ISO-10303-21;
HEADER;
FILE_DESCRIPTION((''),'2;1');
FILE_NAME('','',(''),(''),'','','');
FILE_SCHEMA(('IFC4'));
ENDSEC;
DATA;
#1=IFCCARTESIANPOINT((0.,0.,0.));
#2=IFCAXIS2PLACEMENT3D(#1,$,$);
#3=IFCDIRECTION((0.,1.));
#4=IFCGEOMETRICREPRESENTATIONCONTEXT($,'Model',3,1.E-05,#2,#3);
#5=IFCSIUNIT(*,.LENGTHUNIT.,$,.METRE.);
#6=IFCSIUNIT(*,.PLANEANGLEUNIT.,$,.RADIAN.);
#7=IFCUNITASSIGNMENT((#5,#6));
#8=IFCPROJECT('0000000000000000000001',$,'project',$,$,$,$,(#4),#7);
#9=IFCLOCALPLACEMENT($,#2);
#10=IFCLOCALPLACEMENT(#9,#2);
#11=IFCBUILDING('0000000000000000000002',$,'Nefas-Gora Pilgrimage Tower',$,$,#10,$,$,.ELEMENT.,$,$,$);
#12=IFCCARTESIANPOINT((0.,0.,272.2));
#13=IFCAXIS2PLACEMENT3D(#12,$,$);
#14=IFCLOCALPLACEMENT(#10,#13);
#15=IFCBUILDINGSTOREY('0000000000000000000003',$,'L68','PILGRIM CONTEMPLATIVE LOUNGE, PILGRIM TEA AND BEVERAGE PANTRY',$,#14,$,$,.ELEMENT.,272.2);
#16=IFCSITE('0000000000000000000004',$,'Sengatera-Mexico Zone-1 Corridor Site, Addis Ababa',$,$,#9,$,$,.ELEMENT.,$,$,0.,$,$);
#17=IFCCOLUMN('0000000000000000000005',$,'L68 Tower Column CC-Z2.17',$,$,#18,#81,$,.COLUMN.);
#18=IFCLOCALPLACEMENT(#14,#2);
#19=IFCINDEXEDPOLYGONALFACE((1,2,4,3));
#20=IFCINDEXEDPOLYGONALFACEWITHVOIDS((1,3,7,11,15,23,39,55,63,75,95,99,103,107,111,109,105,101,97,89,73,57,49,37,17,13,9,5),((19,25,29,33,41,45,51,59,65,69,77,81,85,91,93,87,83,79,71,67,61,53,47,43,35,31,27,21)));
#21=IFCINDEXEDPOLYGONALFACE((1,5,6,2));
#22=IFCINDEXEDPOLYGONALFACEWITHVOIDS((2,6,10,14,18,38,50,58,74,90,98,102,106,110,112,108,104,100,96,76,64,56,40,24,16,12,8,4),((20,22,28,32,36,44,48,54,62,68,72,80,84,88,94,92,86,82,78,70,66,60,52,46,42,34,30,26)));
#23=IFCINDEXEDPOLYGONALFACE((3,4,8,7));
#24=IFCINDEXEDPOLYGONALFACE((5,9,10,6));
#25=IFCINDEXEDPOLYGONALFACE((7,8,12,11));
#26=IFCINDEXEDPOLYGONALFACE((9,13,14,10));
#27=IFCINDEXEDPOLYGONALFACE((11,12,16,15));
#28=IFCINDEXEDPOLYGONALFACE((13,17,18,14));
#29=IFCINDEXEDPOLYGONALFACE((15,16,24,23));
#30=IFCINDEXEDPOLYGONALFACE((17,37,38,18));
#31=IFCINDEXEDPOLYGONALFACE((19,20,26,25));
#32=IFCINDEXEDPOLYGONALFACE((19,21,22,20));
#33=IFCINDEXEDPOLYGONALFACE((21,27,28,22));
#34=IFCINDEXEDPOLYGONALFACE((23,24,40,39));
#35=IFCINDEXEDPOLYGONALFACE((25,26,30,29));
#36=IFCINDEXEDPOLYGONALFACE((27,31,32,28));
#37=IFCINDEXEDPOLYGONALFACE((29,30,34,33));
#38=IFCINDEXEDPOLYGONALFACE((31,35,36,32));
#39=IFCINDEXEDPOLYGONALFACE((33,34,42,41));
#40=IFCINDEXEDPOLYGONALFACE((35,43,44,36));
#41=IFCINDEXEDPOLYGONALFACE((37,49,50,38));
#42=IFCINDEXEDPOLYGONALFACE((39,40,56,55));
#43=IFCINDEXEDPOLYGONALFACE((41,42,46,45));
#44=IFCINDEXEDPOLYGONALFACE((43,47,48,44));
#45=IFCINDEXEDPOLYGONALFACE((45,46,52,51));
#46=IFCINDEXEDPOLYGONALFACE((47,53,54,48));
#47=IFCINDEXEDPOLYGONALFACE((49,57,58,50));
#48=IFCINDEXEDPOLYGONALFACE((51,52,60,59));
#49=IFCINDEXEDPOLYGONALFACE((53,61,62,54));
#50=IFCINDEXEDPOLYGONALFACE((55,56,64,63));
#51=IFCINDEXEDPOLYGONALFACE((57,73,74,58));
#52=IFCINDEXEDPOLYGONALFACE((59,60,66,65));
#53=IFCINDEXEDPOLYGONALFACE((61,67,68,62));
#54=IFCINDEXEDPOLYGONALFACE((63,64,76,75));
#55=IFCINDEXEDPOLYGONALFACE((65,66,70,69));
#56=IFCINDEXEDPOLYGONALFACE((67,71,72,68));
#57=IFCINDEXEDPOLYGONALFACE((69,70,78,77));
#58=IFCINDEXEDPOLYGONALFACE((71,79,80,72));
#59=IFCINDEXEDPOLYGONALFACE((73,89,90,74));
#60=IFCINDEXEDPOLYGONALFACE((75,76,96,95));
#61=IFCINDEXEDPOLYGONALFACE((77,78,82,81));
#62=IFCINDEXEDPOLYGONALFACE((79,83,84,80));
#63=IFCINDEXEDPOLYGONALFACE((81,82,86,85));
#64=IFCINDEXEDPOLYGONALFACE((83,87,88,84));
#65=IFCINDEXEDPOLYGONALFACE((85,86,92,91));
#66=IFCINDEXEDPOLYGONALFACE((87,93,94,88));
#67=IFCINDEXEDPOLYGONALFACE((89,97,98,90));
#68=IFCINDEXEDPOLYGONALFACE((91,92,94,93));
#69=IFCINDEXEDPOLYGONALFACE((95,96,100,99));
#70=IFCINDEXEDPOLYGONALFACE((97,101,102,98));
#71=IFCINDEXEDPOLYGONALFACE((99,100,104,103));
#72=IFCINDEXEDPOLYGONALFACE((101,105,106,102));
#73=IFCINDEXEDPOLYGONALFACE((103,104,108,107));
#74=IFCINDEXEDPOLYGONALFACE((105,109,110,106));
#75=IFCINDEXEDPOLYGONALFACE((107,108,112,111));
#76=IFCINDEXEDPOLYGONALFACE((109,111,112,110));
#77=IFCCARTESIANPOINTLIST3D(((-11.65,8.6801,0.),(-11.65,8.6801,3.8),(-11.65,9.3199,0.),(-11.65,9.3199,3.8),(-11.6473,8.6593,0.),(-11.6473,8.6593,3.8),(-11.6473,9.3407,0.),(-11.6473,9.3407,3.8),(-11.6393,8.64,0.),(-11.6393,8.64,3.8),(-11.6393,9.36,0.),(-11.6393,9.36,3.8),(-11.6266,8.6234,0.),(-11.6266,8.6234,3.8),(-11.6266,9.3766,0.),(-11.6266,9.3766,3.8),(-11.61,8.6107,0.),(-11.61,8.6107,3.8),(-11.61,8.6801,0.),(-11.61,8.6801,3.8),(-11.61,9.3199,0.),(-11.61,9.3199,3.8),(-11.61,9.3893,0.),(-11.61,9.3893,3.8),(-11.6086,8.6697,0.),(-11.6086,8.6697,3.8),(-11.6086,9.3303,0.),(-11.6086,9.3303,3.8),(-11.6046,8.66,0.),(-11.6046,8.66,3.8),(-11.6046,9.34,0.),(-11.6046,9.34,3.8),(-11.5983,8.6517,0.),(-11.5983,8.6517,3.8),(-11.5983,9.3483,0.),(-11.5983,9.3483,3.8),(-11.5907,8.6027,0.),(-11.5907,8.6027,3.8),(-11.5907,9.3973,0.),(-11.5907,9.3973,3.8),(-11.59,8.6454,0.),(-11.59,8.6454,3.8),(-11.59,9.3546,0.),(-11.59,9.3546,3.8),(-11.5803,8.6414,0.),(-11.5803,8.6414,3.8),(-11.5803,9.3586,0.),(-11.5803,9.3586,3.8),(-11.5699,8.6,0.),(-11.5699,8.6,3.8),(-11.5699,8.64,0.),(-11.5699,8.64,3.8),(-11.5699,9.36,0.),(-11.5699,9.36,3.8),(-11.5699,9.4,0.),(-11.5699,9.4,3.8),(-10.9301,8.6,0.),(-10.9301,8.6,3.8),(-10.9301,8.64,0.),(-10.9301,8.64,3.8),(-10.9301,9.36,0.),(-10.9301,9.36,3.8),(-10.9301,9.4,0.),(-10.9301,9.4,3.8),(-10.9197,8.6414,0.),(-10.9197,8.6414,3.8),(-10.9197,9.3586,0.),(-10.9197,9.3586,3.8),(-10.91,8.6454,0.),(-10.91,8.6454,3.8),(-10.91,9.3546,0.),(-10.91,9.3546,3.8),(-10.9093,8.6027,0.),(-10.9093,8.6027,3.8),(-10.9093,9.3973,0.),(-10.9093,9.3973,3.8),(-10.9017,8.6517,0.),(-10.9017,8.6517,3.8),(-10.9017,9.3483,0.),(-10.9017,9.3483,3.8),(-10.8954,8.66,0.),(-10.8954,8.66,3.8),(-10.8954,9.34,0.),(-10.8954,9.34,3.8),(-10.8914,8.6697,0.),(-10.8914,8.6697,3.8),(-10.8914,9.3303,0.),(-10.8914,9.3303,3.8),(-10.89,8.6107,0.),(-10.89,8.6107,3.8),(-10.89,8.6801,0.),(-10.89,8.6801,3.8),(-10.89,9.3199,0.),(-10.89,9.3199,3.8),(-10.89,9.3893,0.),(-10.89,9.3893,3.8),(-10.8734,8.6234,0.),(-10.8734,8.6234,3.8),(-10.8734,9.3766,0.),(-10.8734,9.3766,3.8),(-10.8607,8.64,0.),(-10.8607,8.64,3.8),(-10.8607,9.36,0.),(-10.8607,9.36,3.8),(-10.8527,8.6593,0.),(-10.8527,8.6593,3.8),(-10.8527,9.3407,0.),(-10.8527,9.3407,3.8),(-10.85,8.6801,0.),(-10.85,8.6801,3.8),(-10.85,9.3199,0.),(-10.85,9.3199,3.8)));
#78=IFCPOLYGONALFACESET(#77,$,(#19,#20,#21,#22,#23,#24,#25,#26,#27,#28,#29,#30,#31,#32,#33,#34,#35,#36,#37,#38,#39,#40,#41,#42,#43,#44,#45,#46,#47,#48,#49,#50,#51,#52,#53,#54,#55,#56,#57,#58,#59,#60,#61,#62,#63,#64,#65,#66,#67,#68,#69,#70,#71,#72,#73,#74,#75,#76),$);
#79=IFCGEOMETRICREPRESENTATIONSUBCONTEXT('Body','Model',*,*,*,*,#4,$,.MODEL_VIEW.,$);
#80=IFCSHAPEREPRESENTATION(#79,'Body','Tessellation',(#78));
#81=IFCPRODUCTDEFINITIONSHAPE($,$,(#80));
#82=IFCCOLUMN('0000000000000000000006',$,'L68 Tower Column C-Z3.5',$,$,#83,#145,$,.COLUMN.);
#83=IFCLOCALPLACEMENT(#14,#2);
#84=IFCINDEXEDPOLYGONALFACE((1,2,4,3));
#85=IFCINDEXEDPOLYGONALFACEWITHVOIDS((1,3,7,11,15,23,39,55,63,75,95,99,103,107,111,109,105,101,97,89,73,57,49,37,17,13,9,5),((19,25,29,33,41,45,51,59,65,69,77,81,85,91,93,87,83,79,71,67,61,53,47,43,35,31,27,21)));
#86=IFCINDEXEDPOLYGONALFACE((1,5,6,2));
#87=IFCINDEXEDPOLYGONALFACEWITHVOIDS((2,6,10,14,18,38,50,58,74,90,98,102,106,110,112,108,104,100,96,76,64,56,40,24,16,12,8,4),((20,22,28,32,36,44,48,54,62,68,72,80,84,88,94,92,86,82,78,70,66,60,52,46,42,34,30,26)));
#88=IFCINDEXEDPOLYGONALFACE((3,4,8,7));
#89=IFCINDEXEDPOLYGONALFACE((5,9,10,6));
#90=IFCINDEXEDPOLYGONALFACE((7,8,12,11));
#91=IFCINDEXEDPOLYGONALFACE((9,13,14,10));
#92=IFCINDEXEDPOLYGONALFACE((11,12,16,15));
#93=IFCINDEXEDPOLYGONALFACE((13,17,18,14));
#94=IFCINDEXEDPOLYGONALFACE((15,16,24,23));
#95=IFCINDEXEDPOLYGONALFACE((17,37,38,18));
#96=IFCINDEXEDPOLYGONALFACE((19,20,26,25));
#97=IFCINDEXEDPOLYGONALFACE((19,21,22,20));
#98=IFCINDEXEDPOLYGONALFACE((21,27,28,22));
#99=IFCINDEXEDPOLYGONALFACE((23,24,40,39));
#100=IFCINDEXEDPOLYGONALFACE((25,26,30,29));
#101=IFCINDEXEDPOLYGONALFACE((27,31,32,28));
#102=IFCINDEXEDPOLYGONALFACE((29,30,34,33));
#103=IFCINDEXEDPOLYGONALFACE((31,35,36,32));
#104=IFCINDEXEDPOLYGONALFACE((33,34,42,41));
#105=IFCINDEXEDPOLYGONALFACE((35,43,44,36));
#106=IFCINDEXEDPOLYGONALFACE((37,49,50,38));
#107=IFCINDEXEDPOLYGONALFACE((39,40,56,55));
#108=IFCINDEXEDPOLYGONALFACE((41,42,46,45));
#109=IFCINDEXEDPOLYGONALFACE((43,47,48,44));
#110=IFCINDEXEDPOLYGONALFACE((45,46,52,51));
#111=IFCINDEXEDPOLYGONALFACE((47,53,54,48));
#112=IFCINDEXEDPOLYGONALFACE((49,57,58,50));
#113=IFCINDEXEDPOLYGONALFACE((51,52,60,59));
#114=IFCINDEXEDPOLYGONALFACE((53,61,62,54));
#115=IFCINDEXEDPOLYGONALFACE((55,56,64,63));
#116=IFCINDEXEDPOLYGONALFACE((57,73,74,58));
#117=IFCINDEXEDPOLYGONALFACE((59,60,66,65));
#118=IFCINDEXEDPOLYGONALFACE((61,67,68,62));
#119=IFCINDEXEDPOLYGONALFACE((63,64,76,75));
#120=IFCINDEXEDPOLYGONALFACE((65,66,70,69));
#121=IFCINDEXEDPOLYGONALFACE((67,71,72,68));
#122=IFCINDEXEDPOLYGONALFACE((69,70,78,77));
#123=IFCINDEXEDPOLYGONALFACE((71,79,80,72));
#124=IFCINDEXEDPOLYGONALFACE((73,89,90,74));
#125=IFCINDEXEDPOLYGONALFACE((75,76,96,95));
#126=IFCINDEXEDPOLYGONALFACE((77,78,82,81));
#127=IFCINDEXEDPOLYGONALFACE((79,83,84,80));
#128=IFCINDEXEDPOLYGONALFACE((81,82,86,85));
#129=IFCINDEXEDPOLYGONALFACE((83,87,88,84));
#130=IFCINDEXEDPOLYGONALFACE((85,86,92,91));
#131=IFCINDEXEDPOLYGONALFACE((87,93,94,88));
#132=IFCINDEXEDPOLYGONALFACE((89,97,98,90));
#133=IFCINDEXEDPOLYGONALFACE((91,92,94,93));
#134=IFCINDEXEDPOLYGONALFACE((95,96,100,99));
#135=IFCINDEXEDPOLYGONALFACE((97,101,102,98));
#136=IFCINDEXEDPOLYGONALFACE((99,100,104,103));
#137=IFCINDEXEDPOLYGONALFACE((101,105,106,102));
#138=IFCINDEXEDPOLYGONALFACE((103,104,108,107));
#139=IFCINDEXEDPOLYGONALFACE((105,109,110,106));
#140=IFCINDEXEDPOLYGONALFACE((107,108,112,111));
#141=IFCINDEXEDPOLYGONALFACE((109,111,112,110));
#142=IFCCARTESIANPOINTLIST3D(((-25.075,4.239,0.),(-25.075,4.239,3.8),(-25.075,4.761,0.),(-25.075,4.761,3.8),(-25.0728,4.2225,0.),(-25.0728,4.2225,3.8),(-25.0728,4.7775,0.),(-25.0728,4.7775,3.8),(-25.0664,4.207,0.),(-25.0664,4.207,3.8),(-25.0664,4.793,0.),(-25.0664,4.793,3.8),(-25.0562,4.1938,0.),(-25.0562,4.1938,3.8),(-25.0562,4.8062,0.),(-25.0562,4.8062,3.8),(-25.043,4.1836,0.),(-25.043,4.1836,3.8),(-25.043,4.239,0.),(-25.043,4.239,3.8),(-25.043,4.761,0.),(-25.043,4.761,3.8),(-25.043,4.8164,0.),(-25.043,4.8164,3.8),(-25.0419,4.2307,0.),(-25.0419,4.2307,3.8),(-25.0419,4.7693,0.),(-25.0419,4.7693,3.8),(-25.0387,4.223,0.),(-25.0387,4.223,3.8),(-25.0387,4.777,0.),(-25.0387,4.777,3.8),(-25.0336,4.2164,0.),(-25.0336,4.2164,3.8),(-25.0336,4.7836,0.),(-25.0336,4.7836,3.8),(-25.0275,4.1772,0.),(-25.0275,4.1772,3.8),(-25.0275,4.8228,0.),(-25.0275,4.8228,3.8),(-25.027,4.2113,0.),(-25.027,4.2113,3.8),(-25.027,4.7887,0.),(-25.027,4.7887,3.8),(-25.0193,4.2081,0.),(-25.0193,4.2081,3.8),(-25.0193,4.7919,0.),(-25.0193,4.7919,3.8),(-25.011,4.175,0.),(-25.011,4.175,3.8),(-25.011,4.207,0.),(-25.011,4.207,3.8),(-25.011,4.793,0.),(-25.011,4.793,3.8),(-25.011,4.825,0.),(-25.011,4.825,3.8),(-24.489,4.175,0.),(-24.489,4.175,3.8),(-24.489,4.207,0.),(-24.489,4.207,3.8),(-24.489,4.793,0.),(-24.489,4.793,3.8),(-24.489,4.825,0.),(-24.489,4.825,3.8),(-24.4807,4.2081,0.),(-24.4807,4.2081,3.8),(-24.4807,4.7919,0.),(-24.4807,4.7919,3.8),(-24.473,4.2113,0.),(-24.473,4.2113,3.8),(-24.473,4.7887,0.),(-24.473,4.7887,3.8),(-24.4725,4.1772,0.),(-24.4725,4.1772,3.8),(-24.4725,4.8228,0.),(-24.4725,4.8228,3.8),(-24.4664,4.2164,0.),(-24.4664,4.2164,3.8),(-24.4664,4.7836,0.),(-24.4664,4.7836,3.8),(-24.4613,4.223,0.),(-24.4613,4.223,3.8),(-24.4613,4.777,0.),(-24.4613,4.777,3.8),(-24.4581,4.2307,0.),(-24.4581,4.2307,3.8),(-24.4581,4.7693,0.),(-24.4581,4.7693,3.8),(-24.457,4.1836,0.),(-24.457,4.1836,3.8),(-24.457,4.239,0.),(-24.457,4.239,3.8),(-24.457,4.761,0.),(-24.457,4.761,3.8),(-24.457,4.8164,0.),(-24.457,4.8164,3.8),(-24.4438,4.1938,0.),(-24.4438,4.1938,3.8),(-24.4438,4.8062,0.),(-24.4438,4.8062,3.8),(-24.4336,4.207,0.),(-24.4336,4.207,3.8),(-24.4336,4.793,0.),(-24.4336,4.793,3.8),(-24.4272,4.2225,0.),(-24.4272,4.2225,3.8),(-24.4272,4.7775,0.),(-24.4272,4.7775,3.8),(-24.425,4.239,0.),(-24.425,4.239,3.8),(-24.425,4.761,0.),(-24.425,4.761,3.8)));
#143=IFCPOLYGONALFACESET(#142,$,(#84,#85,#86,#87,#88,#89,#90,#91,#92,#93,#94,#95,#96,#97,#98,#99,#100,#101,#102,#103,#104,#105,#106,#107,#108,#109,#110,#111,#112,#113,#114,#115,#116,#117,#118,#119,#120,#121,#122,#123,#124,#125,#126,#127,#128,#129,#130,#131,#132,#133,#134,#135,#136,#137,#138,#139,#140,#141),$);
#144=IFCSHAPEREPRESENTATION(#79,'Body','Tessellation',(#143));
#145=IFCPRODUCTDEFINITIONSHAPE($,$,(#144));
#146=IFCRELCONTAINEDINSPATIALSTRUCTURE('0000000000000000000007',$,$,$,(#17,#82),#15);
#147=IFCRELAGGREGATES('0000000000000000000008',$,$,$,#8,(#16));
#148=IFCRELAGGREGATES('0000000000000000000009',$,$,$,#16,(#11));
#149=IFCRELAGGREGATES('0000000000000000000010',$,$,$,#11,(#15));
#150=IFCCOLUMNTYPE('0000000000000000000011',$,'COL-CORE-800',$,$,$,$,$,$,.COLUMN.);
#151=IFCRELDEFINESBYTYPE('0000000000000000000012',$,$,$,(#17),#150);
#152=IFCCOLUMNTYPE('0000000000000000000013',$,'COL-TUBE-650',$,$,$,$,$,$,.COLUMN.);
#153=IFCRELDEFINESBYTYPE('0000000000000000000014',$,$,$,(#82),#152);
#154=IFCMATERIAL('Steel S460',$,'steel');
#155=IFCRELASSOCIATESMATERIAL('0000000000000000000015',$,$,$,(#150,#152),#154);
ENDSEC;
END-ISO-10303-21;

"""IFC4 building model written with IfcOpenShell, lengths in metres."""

from ifc_helpers import new_model, si_unit, direction, frame, origin, origin_2d, place, context, subcontext, project, spatial, hollow_rectangle, extrude, source, transform, mapped, material, material_profile, profile_set, type_object, element, save


model = new_model("IFC4")

# Units and contexts
model_context = context("Model", 3, precision=1e-05, world=origin(), true_north=direction((0.0, 1.0)))
body_context = subcontext(model_context, "Body", "Model", "MODEL_VIEW")
ifc_project = project(units=[si_unit("LENGTHUNIT", "METRE"), si_unit("PLANEANGLEUNIT", "RADIAN")], contexts=[model_context])

# Site, building, storey
site_placement = place(None, origin())
site = spatial("IfcSite", under=ifc_project, at=site_placement, Name="Sengatera-Mexico Zone-1 Corridor Site, Addis Ababa", CompositionType="ELEMENT", RefElevation=0.0)
building_placement = place(site_placement, origin())
building = spatial("IfcBuilding", under=site, at=building_placement, Name="Nefas-Gora Pilgrimage Tower", CompositionType="ELEMENT")
storey_placement = place(building_placement, frame((0.0, 0.0, 272.2)))
storey = spatial("IfcBuildingStorey", under=building, at=storey_placement, Name="L68", Description="PILGRIM CONTEMPLATIVE LOUNGE, PILGRIM TEA AND BEVERAGE PANTRY", CompositionType="ELEMENT", Elevation=272.2)

# Columns
ifc_material_1 = material(Name="Steel S460", Category="steel")
ifc_material_profile_1 = material_profile(ifc_material_1, hollow_rectangle(XDim=0.8, YDim=0.8, WallThickness=0.04, InnerFilletRadius=0.04, OuterFilletRadius=0.0801, at=origin_2d()), Name="BOX 800x800x40")
ifc_profile_set_1 = profile_set([ifc_material_profile_1], Name="Steel S460")
column_type_1 = type_object("IfcColumnType", Name="COL-CORE-800", PredefinedType="COLUMN", material=ifc_profile_set_1)
shared_shape_1 = source(origin(), body_context, "Body", "SweptSolid", [
    extrude(hollow_rectangle(XDim=0.8, YDim=0.8, WallThickness=0.04, InnerFilletRadius=0.04, OuterFilletRadius=0.0801, at=origin_2d()), origin(), (0.0, 0.0, 1.0), 3.8),
])
column_placement = place(storey_placement, frame((-11.25, 9.0, 0.0), z_axis=(0.0, 0.0, 1.0), x_axis=(1.0, 0.0, 0.0)))
element("IfcColumn", 1, at=column_placement, inside=storey, type_object=column_type_1, Name="L68 Tower Column CC-Z2.17", PredefinedType="COLUMN", context=body_context, shape_type="MappedRepresentation", body=[
    mapped(shared_shape_1, transform((0.0, 0.0, 0.0), x_axis=(1.0, 0.0, 0.0), y_axis=(0.0, 1.0, 0.0), z_axis=(0.0, 0.0, 1.0), scale=1.0)),
])
ifc_material_profile_2 = material_profile(ifc_material_1, hollow_rectangle(XDim=0.6499, YDim=0.6499, WallThickness=0.032, InnerFilletRadius=0.032, OuterFilletRadius=0.064, at=origin_2d()), Name="BOX 650x650x32")
ifc_profile_set_2 = profile_set([ifc_material_profile_2], Name="Steel S460")
column_type_2 = type_object("IfcColumnType", Name="COL-TUBE-650", PredefinedType="COLUMN", material=ifc_profile_set_2)
shared_shape_2 = source(origin(), body_context, "Body", "SweptSolid", [
    extrude(hollow_rectangle(XDim=0.6499, YDim=0.6499, WallThickness=0.032, InnerFilletRadius=0.032, OuterFilletRadius=0.064, at=origin_2d()), origin(), (0.0, 0.0, 1.0), 3.8),
])
for number, where, z_axis, x_axis, name in (
    (2, (-24.75, 4.5, 0.0), (0.0, 0.0, 1.0), (1.0, 0.0, 0.0), "L68 Tower Column C-Z3.5"),
):
    element("IfcColumn", number, at=place(storey_placement, frame(where, z_axis=z_axis, x_axis=x_axis)), inside=storey, type_object=column_type_2, Name=name, PredefinedType="COLUMN", context=body_context, shape_type="MappedRepresentation", body=[
        mapped(shared_shape_2, transform((0.0, 0.0, 0.0), x_axis=(1.0, 0.0, 0.0), y_axis=(0.0, 1.0, 0.0), z_axis=(0.0, 0.0, 1.0), scale=1.0)),
    ])

save(model, "model.ifc")
